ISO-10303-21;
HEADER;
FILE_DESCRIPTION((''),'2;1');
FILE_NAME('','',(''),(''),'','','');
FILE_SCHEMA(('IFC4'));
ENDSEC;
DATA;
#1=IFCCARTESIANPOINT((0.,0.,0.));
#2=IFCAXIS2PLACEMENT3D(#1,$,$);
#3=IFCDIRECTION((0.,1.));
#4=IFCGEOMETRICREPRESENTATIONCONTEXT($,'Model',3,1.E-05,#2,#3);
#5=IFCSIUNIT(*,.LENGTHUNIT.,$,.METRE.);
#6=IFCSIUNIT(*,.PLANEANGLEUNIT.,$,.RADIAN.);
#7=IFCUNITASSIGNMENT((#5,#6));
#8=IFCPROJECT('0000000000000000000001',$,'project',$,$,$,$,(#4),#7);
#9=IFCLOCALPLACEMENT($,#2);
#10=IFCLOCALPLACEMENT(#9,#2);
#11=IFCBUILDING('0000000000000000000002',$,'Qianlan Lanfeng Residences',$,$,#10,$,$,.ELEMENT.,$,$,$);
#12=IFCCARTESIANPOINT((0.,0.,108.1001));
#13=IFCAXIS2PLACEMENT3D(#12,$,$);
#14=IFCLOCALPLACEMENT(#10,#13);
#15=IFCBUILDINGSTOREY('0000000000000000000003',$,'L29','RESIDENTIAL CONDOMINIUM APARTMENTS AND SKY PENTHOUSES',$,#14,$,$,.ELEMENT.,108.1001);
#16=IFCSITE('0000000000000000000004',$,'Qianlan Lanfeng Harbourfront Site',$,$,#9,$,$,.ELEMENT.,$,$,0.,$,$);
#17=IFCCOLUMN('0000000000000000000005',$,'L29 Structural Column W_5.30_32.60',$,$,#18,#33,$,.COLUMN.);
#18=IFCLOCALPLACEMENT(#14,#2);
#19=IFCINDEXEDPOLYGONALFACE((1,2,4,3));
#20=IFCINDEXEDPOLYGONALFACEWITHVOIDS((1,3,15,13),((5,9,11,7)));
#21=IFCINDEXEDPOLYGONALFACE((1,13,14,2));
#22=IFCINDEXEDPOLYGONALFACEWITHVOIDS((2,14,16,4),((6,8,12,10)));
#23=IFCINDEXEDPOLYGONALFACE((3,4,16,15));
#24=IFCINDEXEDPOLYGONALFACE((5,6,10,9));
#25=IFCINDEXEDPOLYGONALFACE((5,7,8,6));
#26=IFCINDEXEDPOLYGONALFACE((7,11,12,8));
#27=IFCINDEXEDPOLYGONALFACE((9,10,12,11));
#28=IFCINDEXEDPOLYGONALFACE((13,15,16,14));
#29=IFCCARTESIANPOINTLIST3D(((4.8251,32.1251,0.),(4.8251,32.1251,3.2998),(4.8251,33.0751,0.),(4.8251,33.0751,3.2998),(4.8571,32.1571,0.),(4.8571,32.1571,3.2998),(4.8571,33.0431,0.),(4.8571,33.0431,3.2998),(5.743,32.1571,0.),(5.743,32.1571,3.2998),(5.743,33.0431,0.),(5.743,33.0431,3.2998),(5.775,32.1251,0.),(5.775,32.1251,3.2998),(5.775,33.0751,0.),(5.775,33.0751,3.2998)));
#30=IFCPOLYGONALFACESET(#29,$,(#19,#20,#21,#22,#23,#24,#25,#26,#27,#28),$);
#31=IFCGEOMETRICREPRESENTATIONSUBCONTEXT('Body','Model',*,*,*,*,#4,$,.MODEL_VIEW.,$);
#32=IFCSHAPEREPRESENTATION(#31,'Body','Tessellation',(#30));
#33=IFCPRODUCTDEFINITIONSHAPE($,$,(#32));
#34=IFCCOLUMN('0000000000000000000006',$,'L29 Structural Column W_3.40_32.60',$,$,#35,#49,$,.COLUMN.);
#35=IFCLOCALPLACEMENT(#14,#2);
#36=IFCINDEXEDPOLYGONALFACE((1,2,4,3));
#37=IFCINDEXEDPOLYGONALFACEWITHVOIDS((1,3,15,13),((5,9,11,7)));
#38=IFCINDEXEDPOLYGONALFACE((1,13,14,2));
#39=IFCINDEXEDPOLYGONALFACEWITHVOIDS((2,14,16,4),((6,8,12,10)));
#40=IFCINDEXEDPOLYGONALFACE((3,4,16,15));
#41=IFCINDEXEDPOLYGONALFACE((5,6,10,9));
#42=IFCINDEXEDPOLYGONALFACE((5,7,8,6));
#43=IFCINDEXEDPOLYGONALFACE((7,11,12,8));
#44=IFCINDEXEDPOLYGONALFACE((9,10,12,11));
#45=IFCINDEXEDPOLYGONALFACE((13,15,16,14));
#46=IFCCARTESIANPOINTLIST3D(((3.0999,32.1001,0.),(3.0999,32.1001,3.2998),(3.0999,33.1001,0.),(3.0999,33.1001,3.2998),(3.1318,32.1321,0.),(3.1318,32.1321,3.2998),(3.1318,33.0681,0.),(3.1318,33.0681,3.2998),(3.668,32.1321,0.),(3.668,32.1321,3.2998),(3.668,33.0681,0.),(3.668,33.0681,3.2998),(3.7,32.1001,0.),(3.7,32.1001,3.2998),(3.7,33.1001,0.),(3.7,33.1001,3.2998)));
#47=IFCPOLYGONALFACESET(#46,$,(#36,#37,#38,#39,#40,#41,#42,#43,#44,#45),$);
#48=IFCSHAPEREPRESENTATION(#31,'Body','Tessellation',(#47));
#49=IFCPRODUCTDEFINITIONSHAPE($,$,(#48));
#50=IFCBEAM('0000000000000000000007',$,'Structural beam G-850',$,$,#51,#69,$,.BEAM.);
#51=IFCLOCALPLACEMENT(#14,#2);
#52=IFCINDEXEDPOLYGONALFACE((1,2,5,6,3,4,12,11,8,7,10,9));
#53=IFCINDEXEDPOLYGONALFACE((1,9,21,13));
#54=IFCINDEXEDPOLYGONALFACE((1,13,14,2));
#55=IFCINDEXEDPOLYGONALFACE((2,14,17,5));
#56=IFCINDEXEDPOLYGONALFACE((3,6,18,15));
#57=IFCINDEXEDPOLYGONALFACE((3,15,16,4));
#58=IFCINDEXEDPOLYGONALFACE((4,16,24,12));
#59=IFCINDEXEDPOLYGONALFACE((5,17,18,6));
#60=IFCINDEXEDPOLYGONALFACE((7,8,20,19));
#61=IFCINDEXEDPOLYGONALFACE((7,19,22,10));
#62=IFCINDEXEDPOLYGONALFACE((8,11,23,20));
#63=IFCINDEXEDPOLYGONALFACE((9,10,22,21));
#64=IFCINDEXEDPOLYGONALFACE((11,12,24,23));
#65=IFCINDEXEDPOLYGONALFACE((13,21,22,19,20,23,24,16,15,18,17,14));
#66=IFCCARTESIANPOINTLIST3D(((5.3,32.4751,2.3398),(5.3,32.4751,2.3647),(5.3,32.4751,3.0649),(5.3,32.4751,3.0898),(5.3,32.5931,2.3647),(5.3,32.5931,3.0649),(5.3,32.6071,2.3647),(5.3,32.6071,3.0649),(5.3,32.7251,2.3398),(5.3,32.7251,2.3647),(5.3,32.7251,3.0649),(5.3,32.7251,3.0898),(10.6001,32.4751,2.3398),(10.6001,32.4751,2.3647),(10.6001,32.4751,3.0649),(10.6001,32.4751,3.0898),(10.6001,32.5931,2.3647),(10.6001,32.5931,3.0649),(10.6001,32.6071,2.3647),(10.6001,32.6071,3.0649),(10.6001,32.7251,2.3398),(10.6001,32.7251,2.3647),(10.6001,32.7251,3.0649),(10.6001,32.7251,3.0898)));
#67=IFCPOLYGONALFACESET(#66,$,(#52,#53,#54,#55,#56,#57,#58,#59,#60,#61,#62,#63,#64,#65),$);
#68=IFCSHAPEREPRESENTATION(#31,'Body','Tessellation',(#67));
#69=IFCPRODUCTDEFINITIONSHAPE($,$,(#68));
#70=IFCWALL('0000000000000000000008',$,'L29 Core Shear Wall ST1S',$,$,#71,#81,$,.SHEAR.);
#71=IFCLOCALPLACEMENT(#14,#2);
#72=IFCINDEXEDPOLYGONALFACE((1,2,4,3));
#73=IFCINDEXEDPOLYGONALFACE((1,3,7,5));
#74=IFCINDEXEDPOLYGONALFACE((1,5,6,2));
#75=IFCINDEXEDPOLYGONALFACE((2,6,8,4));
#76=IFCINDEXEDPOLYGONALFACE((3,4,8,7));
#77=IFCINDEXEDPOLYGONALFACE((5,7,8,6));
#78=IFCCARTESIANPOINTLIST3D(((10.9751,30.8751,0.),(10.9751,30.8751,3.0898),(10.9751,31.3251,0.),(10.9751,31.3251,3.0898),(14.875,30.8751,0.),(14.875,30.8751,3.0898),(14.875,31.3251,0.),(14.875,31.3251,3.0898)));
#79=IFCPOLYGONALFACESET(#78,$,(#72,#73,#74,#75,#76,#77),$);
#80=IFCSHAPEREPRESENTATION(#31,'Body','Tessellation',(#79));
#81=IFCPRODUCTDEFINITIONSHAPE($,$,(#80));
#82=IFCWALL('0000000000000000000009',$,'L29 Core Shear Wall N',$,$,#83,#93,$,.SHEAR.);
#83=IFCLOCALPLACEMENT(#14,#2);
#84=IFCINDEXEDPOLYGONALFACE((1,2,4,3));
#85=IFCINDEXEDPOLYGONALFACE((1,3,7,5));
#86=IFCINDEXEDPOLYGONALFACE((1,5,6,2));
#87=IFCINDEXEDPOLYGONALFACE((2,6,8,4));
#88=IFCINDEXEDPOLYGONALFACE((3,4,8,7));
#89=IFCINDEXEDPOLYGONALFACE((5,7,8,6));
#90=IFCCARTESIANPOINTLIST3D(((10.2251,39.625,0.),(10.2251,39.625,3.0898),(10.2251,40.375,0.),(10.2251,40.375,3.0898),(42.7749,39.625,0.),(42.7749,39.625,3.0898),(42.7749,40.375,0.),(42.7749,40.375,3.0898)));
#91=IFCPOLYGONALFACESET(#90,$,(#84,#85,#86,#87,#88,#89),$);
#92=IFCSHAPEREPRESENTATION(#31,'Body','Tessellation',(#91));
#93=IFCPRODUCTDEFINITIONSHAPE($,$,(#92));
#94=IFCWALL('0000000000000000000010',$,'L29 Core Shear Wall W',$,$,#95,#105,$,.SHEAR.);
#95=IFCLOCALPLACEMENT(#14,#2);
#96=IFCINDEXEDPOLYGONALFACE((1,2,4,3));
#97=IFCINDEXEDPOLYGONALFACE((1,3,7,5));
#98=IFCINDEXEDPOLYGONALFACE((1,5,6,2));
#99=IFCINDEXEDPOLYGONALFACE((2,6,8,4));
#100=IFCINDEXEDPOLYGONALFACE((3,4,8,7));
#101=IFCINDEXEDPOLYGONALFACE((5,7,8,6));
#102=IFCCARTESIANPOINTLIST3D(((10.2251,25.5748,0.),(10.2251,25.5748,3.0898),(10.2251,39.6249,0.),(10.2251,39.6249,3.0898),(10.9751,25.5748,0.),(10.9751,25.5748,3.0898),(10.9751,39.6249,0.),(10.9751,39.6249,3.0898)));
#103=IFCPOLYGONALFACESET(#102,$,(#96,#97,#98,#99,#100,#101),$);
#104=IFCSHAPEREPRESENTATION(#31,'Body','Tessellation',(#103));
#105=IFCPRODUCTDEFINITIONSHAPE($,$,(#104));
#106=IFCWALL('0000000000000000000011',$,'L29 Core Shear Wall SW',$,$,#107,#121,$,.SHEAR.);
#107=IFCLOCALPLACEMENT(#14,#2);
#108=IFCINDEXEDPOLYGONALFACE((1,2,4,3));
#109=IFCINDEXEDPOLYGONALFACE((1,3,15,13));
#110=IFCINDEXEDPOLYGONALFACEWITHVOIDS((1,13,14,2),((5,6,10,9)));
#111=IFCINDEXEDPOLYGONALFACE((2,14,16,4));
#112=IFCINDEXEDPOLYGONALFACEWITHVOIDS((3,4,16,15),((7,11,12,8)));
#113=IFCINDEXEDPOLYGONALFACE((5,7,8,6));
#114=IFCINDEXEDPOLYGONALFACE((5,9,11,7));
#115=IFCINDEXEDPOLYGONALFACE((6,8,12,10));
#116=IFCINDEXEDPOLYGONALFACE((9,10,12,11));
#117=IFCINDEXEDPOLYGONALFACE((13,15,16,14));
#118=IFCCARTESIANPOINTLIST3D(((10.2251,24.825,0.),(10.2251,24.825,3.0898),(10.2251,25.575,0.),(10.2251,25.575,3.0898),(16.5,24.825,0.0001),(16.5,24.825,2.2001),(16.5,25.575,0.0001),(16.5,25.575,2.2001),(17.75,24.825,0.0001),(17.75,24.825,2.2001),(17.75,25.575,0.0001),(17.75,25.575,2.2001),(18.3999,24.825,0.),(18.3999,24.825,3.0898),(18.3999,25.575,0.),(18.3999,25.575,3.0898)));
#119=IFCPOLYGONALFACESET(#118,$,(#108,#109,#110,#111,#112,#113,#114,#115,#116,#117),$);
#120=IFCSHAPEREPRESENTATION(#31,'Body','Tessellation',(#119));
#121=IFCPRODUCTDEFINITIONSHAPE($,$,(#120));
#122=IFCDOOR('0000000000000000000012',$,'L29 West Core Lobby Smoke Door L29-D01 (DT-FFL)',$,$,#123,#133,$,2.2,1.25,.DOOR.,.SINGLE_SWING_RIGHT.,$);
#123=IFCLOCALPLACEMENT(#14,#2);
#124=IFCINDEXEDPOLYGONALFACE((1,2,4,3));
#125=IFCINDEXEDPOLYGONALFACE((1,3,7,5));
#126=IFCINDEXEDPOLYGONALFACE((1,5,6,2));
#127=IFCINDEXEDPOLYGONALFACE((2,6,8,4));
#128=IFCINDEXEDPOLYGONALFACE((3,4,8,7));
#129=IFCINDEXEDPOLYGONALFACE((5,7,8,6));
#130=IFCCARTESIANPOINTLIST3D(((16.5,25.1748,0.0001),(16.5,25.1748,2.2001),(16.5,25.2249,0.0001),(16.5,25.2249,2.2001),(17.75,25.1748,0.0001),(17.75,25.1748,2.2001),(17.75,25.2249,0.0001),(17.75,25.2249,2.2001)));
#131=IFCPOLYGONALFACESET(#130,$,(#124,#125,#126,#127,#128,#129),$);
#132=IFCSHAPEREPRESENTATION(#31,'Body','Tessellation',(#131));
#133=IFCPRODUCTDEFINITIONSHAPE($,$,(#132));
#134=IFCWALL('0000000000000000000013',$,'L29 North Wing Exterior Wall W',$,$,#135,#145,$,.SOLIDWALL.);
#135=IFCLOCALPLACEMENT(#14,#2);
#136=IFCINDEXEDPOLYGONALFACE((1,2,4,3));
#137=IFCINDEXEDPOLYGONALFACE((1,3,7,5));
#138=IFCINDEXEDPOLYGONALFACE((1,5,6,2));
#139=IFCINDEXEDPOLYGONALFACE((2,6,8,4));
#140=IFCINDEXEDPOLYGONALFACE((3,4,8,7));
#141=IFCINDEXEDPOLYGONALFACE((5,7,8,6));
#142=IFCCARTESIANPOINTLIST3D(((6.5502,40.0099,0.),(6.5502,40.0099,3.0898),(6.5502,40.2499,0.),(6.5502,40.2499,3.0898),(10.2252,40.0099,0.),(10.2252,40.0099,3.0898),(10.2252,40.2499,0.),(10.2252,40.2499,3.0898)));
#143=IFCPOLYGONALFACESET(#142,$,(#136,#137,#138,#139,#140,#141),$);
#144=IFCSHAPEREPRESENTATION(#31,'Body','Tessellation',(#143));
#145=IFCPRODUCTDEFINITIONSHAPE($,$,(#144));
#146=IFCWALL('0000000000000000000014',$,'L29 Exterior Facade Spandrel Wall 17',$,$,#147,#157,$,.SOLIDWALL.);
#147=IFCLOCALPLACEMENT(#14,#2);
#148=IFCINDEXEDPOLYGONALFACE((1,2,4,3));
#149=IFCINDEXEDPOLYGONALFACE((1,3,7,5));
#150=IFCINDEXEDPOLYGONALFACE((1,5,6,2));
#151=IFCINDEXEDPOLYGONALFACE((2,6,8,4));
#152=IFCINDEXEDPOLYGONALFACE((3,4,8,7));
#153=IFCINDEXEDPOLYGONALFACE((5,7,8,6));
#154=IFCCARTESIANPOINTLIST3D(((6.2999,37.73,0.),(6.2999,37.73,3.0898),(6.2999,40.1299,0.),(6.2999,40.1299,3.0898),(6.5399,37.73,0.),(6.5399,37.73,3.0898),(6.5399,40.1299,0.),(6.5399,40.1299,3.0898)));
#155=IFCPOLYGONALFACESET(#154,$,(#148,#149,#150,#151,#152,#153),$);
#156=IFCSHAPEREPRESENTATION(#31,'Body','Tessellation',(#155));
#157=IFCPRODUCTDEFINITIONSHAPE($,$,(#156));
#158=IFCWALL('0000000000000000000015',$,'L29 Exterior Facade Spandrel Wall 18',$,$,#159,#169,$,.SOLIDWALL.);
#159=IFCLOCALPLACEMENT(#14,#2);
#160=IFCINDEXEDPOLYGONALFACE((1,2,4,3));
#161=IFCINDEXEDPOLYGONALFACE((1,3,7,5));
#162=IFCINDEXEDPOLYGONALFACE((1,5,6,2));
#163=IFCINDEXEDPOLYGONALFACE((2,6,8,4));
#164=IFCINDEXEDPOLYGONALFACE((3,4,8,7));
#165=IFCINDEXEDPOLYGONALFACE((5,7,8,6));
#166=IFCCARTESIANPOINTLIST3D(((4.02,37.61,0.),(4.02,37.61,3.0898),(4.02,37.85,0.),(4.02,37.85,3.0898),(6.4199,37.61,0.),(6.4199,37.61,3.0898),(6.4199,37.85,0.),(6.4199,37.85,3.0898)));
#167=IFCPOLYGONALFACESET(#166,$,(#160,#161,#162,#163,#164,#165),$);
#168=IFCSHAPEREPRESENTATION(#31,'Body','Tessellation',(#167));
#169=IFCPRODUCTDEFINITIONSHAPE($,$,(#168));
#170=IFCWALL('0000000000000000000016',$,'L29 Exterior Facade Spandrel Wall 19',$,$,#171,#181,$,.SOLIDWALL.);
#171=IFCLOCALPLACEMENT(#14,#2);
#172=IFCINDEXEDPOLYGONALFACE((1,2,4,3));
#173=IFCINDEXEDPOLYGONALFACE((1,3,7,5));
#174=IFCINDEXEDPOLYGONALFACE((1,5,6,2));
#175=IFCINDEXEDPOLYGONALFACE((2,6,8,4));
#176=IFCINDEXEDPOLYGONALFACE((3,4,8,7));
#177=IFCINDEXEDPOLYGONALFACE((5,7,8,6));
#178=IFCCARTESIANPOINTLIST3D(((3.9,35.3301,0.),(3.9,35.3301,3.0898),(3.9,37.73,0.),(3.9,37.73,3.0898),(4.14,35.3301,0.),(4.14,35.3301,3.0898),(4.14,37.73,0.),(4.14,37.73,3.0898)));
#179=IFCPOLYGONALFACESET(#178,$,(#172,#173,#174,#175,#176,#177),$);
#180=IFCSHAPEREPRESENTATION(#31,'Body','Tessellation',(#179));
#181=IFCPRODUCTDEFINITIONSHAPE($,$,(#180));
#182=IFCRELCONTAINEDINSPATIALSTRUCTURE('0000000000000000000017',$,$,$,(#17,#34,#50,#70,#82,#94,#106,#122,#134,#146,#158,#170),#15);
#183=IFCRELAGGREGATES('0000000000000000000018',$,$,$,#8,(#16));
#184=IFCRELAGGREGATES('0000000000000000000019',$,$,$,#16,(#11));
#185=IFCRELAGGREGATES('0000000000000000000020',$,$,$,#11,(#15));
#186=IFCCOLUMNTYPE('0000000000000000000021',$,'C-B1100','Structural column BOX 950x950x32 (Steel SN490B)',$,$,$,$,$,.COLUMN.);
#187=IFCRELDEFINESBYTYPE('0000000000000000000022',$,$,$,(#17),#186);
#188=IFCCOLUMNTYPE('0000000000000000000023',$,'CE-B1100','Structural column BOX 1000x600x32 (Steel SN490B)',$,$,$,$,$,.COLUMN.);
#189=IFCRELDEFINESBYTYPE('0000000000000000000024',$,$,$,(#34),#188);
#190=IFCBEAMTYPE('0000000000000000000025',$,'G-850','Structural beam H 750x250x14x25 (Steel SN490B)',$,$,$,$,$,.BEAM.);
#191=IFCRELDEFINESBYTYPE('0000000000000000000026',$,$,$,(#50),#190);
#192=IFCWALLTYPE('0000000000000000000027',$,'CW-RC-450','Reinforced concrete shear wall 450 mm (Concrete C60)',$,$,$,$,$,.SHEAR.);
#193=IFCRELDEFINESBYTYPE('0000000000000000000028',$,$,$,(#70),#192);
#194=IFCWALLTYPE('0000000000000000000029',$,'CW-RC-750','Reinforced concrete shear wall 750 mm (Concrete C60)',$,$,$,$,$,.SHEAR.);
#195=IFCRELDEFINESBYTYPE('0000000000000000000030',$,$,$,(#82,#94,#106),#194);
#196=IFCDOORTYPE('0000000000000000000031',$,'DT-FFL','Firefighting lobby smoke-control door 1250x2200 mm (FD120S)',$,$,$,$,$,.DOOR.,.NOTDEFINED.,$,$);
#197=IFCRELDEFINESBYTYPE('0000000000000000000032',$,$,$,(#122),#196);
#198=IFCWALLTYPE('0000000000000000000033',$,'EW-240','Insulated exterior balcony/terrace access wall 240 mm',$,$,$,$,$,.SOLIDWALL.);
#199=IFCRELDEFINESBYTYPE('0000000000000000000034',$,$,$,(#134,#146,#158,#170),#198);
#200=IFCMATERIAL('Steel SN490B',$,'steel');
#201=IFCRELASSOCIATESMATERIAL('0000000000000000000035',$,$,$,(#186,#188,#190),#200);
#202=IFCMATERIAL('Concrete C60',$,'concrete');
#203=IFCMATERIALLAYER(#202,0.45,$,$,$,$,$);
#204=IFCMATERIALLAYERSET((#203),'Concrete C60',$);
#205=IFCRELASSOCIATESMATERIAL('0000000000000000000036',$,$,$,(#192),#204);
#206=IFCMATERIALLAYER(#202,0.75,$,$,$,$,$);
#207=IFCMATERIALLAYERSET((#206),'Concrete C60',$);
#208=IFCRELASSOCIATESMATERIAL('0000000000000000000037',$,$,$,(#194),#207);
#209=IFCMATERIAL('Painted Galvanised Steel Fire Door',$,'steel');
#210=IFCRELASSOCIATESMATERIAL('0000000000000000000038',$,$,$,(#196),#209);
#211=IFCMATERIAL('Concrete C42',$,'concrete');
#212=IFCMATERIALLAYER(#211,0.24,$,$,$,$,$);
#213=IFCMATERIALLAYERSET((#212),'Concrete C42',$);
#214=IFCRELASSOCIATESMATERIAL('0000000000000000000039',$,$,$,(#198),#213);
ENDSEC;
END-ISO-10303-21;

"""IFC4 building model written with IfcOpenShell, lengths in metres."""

from ifc_helpers import new_model, si_unit, direction, frame, frame_2d, origin, origin_2d, place, context, subcontext, project, spatial, rectangle, hollow_rectangle, i_section, extrude, material, layer, layer_set, material_profile, profile_set, type_object, element, fill, save


model = new_model("IFC4")

# Units and contexts
model_context = context("Model", 3, precision=1e-05, world=origin(), true_north=direction((0.0, 1.0)))
body_context = subcontext(model_context, "Body", "Model", "MODEL_VIEW")
ifc_project = project(units=[si_unit("LENGTHUNIT", "METRE"), si_unit("PLANEANGLEUNIT", "RADIAN")], contexts=[model_context])

# Site, building, storey
site_placement = place(None, origin())
site = spatial("IfcSite", under=ifc_project, at=site_placement, Name="Qianlan Lanfeng Harbourfront Site", CompositionType="ELEMENT", RefElevation=0.0)
building_placement = place(site_placement, origin())
building = spatial("IfcBuilding", under=site, at=building_placement, Name="Qianlan Lanfeng Residences", CompositionType="ELEMENT")
storey_placement = place(building_placement, frame((0.0, 0.0, 108.1001)))
storey = spatial("IfcBuildingStorey", under=building, at=storey_placement, Name="L29", Description="RESIDENTIAL CONDOMINIUM APARTMENTS AND SKY PENTHOUSES", CompositionType="ELEMENT", Elevation=108.1001)

# Columns
ifc_material_1 = material(Name="Steel SN490B", Category="steel")
ifc_material_profile_1 = material_profile(ifc_material_1, hollow_rectangle(XDim=0.95, YDim=0.95, WallThickness=0.032, at=origin_2d()), Name="BOX 950x950x32")
ifc_profile_set_1 = profile_set([ifc_material_profile_1], Name="Steel SN490B")
column_type_1 = type_object("IfcColumnType", Name="C-B1100", Description="Structural column BOX 950x950x32 (Steel SN490B)", PredefinedType="COLUMN", material=ifc_profile_set_1)
column_1_placement = place(storey_placement, frame((5.3, 32.6001, 0.0), z_axis=(0.0, 0.0, 1.0), x_axis=(1.0, 0.0, 0.0)))
element("IfcColumn", 1, at=column_1_placement, inside=storey, type_object=column_type_1, Name="L29 Structural Column W_5.30_32.60", PredefinedType="COLUMN", context=body_context, shape_type="SweptSolid", body=[
    extrude(hollow_rectangle(XDim=0.95, YDim=0.95, WallThickness=0.032, at=origin_2d()), origin(), (0.0, 0.0, 1.0), 3.2998),
])
ifc_material_profile_2 = material_profile(ifc_material_1, hollow_rectangle(XDim=0.6001, YDim=1.0, WallThickness=0.032, at=origin_2d()), Name="BOX 1000x600x32")
ifc_profile_set_2 = profile_set([ifc_material_profile_2], Name="Steel SN490B")
column_type_2 = type_object("IfcColumnType", Name="CE-B1100", Description="Structural column BOX 1000x600x32 (Steel SN490B)", PredefinedType="COLUMN", material=ifc_profile_set_2)
column_2_placement = place(storey_placement, frame((3.3999, 32.6001, 0.0), z_axis=(0.0, 0.0, 1.0), x_axis=(1.0, 0.0, 0.0)))
element("IfcColumn", 2, at=column_2_placement, inside=storey, type_object=column_type_2, Name="L29 Structural Column W_3.40_32.60", PredefinedType="COLUMN", context=body_context, shape_type="SweptSolid", body=[
    extrude(hollow_rectangle(XDim=0.6001, YDim=1.0, WallThickness=0.032, at=origin_2d()), origin(), (0.0, 0.0, 1.0), 3.2998),
])

# Beam
ifc_material_profile_3 = material_profile(ifc_material_1, i_section(OverallWidth=0.25, OverallDepth=0.75, WebThickness=0.0139, FlangeThickness=0.0249, at=origin_2d()), Name="H 750x250x14x25")
ifc_profile_set_3 = profile_set([ifc_material_profile_3], Name="Steel SN490B")
beam_type = type_object("IfcBeamType", Name="G-850", Description="Structural beam H 750x250x14x25 (Steel SN490B)", PredefinedType="BEAM", material=ifc_profile_set_3)
beam_placement = place(storey_placement, frame((5.3, 32.6001, 2.7148), z_axis=(1.0, 0.0, 0.0), x_axis=(0.0, 1.0, 0.0)))
element("IfcBeam", 3, at=beam_placement, inside=storey, type_object=beam_type, Name="Structural beam G-850", PredefinedType="BEAM", context=body_context, shape_type="SweptSolid", body=[
    extrude(i_section(OverallWidth=0.25, OverallDepth=0.75, WebThickness=0.0139, FlangeThickness=0.0249, at=origin_2d()), origin(), (0.0, 0.0, 1.0), 5.3),
])

# Walls
ifc_material_2 = material(Name="Concrete C60", Category="concrete")
ifc_layer_1 = layer(ifc_material_2, 0.45)
ifc_layer_set_1 = layer_set([ifc_layer_1], Name="Concrete C60")
wall_type_1 = type_object("IfcWallType", Name="CW-RC-450", Description="Reinforced concrete shear wall 450 mm (Concrete C60)", PredefinedType="SHEAR", material=ifc_layer_set_1)
wall_1_placement = place(storey_placement, frame((10.9751, 31.1001, 0.0), z_axis=(0.0, 0.0, 1.0), x_axis=(1.0, 0.0, 0.0)))
element("IfcWall", 4, at=wall_1_placement, inside=storey, type_object=wall_type_1, Name="L29 Core Shear Wall ST1S", PredefinedType="SHEAR", context=body_context, shape_type="SweptSolid", body=[
    extrude(rectangle(XDim=3.8999, YDim=0.45, at=frame_2d((1.95, 0.0))), origin(), (0.0, 0.0, 1.0), 3.0898),
])
ifc_layer_2 = layer(ifc_material_2, 0.75)
ifc_layer_set_2 = layer_set([ifc_layer_2], Name="Concrete C60")
wall_type_2 = type_object("IfcWallType", Name="CW-RC-750", Description="Reinforced concrete shear wall 750 mm (Concrete C60)", PredefinedType="SHEAR", material=ifc_layer_set_2)
wall_2_placement = place(storey_placement, frame((10.2251, 40.0, 0.0), z_axis=(0.0, 0.0, 1.0), x_axis=(1.0, 0.0, 0.0)))
element("IfcWall", 5, at=wall_2_placement, inside=storey, type_object=wall_type_2, Name="L29 Core Shear Wall N", PredefinedType="SHEAR", context=body_context, shape_type="SweptSolid", body=[
    extrude(rectangle(XDim=32.5498, YDim=0.75, at=frame_2d((16.2749, 0.0))), origin(), (0.0, 0.0, 1.0), 3.0898),
])
wall_3_placement = place(storey_placement, frame((10.6001, 25.575, 0.0), z_axis=(0.0, 0.0, 1.0), x_axis=(0.0, 1.0, 0.0)))
element("IfcWall", 6, at=wall_3_placement, inside=storey, type_object=wall_type_2, Name="L29 Core Shear Wall W", PredefinedType="SHEAR", context=body_context, shape_type="SweptSolid", body=[
    extrude(rectangle(XDim=14.05, YDim=0.75, at=frame_2d((7.0249, 0.0))), origin(), (0.0, 0.0, 1.0), 3.0898),
])

# Wall, opening, door
wall_4_placement = place(storey_placement, frame((10.2251, 25.2, 0.0), z_axis=(0.0, 0.0, 1.0), x_axis=(1.0, 0.0, 0.0)))
wall_4 = element("IfcWall", 7, at=wall_4_placement, inside=storey, type_object=wall_type_2, Name="L29 Core Shear Wall SW", PredefinedType="SHEAR", context=body_context, shape_type="SweptSolid", body=[
    extrude(rectangle(XDim=8.1748, YDim=0.75, at=frame_2d((4.0874, 0.0))), origin(), (0.0, 0.0, 1.0), 3.0898),
])
opening_1_placement = place(wall_4_placement, frame((6.2749, 0.0, 0.0)))
opening_1 = element("IfcOpeningElement", 8, at=opening_1_placement, cuts=wall_4, PredefinedType="OPENING", context=body_context, shape_type="SweptSolid", body=[
    extrude(rectangle(XDim=1.25, YDim=2.2, at=frame_2d((0.625, 1.1001))), frame((0.0, 0.385, 0.0), z_axis=(0.0, -1.0, 0.0), x_axis=(1.0, 0.0, 0.0)), (0.0, 0.0, 1.0), 0.77),
])
ifc_material_3 = material(Name="Painted Galvanised Steel Fire Door", Category="steel")
door_type_1 = type_object("IfcDoorType", Name="DT-FFL", Description="Firefighting lobby smoke-control door 1250x2200 mm (FD120S)", OperationType="NOTDEFINED", PredefinedType="DOOR", material=ifc_material_3)
door_1_placement = place(opening_1_placement, origin())
door_1 = element("IfcDoor", 9, at=door_1_placement, inside=storey, type_object=door_type_1, Name="L29 West Core Lobby Smoke Door L29-D01 (DT-FFL)", OperationType="SINGLE_SWING_RIGHT", OverallHeight=2.2, OverallWidth=1.25, PredefinedType="DOOR", context=body_context, shape_type="SweptSolid", body=[
    extrude(rectangle(XDim=1.25, YDim=2.2, at=frame_2d((0.625, 1.1001))), frame((0.0, 0.0249, 0.0), z_axis=(0.0, -1.0, 0.0), x_axis=(1.0, 0.0, 0.0)), (0.0, 0.0, 1.0), 0.05),
])
fill(opening_1, door_1)

# Walls
ifc_material_4 = material(Name="Concrete C42", Category="concrete")
ifc_layer_3 = layer(ifc_material_4, 0.24)
ifc_layer_set_3 = layer_set([ifc_layer_3], Name="Concrete C42")
wall_type_3 = type_object("IfcWallType", Name="EW-240", Description="Insulated exterior balcony/terrace access wall 240 mm", PredefinedType="SOLIDWALL", material=ifc_layer_set_3)
wall_5_placement = place(storey_placement, frame((10.2251, 40.1299, 0.0), z_axis=(0.0, 0.0, 1.0), x_axis=(-1.0, 0.0, 0.0)))
element("IfcWall", 10, at=wall_5_placement, inside=storey, type_object=wall_type_3, Name="L29 North Wing Exterior Wall W", PredefinedType="SOLIDWALL", context=body_context, shape_type="SweptSolid", body=[
    extrude(rectangle(XDim=3.675, YDim=0.24, at=frame_2d((1.8374, 0.0))), origin(), (0.0, 0.0, 1.0), 3.0898),
])
for number, where, z_axis, x_axis, name in (
    (11, (6.4199, 40.1299, 0.0), (0.0, 0.0, 1.0), (0.0, -1.0, 0.0), "L29 Exterior Facade Spandrel Wall 17"),
    (12, (6.4199, 37.73, 0.0), (0.0, 0.0, 1.0), (-1.0, 0.0, 0.0), "L29 Exterior Facade Spandrel Wall 18"),
    (13, (4.02, 37.73, 0.0), (0.0, 0.0, 1.0), (0.0, -1.0, 0.0), "L29 Exterior Facade Spandrel Wall 19"),
):
    element("IfcWall", number, at=place(storey_placement, frame(where, z_axis=z_axis, x_axis=x_axis)), inside=storey, type_object=wall_type_3, Name=name, PredefinedType="SOLIDWALL", context=body_context, shape_type="SweptSolid", body=[
        extrude(rectangle(XDim=2.3999, YDim=0.24, at=frame_2d((1.2, 0.0))), origin(), (0.0, 0.0, 1.0), 3.0898),
    ])

save(model, "model.ifc")
